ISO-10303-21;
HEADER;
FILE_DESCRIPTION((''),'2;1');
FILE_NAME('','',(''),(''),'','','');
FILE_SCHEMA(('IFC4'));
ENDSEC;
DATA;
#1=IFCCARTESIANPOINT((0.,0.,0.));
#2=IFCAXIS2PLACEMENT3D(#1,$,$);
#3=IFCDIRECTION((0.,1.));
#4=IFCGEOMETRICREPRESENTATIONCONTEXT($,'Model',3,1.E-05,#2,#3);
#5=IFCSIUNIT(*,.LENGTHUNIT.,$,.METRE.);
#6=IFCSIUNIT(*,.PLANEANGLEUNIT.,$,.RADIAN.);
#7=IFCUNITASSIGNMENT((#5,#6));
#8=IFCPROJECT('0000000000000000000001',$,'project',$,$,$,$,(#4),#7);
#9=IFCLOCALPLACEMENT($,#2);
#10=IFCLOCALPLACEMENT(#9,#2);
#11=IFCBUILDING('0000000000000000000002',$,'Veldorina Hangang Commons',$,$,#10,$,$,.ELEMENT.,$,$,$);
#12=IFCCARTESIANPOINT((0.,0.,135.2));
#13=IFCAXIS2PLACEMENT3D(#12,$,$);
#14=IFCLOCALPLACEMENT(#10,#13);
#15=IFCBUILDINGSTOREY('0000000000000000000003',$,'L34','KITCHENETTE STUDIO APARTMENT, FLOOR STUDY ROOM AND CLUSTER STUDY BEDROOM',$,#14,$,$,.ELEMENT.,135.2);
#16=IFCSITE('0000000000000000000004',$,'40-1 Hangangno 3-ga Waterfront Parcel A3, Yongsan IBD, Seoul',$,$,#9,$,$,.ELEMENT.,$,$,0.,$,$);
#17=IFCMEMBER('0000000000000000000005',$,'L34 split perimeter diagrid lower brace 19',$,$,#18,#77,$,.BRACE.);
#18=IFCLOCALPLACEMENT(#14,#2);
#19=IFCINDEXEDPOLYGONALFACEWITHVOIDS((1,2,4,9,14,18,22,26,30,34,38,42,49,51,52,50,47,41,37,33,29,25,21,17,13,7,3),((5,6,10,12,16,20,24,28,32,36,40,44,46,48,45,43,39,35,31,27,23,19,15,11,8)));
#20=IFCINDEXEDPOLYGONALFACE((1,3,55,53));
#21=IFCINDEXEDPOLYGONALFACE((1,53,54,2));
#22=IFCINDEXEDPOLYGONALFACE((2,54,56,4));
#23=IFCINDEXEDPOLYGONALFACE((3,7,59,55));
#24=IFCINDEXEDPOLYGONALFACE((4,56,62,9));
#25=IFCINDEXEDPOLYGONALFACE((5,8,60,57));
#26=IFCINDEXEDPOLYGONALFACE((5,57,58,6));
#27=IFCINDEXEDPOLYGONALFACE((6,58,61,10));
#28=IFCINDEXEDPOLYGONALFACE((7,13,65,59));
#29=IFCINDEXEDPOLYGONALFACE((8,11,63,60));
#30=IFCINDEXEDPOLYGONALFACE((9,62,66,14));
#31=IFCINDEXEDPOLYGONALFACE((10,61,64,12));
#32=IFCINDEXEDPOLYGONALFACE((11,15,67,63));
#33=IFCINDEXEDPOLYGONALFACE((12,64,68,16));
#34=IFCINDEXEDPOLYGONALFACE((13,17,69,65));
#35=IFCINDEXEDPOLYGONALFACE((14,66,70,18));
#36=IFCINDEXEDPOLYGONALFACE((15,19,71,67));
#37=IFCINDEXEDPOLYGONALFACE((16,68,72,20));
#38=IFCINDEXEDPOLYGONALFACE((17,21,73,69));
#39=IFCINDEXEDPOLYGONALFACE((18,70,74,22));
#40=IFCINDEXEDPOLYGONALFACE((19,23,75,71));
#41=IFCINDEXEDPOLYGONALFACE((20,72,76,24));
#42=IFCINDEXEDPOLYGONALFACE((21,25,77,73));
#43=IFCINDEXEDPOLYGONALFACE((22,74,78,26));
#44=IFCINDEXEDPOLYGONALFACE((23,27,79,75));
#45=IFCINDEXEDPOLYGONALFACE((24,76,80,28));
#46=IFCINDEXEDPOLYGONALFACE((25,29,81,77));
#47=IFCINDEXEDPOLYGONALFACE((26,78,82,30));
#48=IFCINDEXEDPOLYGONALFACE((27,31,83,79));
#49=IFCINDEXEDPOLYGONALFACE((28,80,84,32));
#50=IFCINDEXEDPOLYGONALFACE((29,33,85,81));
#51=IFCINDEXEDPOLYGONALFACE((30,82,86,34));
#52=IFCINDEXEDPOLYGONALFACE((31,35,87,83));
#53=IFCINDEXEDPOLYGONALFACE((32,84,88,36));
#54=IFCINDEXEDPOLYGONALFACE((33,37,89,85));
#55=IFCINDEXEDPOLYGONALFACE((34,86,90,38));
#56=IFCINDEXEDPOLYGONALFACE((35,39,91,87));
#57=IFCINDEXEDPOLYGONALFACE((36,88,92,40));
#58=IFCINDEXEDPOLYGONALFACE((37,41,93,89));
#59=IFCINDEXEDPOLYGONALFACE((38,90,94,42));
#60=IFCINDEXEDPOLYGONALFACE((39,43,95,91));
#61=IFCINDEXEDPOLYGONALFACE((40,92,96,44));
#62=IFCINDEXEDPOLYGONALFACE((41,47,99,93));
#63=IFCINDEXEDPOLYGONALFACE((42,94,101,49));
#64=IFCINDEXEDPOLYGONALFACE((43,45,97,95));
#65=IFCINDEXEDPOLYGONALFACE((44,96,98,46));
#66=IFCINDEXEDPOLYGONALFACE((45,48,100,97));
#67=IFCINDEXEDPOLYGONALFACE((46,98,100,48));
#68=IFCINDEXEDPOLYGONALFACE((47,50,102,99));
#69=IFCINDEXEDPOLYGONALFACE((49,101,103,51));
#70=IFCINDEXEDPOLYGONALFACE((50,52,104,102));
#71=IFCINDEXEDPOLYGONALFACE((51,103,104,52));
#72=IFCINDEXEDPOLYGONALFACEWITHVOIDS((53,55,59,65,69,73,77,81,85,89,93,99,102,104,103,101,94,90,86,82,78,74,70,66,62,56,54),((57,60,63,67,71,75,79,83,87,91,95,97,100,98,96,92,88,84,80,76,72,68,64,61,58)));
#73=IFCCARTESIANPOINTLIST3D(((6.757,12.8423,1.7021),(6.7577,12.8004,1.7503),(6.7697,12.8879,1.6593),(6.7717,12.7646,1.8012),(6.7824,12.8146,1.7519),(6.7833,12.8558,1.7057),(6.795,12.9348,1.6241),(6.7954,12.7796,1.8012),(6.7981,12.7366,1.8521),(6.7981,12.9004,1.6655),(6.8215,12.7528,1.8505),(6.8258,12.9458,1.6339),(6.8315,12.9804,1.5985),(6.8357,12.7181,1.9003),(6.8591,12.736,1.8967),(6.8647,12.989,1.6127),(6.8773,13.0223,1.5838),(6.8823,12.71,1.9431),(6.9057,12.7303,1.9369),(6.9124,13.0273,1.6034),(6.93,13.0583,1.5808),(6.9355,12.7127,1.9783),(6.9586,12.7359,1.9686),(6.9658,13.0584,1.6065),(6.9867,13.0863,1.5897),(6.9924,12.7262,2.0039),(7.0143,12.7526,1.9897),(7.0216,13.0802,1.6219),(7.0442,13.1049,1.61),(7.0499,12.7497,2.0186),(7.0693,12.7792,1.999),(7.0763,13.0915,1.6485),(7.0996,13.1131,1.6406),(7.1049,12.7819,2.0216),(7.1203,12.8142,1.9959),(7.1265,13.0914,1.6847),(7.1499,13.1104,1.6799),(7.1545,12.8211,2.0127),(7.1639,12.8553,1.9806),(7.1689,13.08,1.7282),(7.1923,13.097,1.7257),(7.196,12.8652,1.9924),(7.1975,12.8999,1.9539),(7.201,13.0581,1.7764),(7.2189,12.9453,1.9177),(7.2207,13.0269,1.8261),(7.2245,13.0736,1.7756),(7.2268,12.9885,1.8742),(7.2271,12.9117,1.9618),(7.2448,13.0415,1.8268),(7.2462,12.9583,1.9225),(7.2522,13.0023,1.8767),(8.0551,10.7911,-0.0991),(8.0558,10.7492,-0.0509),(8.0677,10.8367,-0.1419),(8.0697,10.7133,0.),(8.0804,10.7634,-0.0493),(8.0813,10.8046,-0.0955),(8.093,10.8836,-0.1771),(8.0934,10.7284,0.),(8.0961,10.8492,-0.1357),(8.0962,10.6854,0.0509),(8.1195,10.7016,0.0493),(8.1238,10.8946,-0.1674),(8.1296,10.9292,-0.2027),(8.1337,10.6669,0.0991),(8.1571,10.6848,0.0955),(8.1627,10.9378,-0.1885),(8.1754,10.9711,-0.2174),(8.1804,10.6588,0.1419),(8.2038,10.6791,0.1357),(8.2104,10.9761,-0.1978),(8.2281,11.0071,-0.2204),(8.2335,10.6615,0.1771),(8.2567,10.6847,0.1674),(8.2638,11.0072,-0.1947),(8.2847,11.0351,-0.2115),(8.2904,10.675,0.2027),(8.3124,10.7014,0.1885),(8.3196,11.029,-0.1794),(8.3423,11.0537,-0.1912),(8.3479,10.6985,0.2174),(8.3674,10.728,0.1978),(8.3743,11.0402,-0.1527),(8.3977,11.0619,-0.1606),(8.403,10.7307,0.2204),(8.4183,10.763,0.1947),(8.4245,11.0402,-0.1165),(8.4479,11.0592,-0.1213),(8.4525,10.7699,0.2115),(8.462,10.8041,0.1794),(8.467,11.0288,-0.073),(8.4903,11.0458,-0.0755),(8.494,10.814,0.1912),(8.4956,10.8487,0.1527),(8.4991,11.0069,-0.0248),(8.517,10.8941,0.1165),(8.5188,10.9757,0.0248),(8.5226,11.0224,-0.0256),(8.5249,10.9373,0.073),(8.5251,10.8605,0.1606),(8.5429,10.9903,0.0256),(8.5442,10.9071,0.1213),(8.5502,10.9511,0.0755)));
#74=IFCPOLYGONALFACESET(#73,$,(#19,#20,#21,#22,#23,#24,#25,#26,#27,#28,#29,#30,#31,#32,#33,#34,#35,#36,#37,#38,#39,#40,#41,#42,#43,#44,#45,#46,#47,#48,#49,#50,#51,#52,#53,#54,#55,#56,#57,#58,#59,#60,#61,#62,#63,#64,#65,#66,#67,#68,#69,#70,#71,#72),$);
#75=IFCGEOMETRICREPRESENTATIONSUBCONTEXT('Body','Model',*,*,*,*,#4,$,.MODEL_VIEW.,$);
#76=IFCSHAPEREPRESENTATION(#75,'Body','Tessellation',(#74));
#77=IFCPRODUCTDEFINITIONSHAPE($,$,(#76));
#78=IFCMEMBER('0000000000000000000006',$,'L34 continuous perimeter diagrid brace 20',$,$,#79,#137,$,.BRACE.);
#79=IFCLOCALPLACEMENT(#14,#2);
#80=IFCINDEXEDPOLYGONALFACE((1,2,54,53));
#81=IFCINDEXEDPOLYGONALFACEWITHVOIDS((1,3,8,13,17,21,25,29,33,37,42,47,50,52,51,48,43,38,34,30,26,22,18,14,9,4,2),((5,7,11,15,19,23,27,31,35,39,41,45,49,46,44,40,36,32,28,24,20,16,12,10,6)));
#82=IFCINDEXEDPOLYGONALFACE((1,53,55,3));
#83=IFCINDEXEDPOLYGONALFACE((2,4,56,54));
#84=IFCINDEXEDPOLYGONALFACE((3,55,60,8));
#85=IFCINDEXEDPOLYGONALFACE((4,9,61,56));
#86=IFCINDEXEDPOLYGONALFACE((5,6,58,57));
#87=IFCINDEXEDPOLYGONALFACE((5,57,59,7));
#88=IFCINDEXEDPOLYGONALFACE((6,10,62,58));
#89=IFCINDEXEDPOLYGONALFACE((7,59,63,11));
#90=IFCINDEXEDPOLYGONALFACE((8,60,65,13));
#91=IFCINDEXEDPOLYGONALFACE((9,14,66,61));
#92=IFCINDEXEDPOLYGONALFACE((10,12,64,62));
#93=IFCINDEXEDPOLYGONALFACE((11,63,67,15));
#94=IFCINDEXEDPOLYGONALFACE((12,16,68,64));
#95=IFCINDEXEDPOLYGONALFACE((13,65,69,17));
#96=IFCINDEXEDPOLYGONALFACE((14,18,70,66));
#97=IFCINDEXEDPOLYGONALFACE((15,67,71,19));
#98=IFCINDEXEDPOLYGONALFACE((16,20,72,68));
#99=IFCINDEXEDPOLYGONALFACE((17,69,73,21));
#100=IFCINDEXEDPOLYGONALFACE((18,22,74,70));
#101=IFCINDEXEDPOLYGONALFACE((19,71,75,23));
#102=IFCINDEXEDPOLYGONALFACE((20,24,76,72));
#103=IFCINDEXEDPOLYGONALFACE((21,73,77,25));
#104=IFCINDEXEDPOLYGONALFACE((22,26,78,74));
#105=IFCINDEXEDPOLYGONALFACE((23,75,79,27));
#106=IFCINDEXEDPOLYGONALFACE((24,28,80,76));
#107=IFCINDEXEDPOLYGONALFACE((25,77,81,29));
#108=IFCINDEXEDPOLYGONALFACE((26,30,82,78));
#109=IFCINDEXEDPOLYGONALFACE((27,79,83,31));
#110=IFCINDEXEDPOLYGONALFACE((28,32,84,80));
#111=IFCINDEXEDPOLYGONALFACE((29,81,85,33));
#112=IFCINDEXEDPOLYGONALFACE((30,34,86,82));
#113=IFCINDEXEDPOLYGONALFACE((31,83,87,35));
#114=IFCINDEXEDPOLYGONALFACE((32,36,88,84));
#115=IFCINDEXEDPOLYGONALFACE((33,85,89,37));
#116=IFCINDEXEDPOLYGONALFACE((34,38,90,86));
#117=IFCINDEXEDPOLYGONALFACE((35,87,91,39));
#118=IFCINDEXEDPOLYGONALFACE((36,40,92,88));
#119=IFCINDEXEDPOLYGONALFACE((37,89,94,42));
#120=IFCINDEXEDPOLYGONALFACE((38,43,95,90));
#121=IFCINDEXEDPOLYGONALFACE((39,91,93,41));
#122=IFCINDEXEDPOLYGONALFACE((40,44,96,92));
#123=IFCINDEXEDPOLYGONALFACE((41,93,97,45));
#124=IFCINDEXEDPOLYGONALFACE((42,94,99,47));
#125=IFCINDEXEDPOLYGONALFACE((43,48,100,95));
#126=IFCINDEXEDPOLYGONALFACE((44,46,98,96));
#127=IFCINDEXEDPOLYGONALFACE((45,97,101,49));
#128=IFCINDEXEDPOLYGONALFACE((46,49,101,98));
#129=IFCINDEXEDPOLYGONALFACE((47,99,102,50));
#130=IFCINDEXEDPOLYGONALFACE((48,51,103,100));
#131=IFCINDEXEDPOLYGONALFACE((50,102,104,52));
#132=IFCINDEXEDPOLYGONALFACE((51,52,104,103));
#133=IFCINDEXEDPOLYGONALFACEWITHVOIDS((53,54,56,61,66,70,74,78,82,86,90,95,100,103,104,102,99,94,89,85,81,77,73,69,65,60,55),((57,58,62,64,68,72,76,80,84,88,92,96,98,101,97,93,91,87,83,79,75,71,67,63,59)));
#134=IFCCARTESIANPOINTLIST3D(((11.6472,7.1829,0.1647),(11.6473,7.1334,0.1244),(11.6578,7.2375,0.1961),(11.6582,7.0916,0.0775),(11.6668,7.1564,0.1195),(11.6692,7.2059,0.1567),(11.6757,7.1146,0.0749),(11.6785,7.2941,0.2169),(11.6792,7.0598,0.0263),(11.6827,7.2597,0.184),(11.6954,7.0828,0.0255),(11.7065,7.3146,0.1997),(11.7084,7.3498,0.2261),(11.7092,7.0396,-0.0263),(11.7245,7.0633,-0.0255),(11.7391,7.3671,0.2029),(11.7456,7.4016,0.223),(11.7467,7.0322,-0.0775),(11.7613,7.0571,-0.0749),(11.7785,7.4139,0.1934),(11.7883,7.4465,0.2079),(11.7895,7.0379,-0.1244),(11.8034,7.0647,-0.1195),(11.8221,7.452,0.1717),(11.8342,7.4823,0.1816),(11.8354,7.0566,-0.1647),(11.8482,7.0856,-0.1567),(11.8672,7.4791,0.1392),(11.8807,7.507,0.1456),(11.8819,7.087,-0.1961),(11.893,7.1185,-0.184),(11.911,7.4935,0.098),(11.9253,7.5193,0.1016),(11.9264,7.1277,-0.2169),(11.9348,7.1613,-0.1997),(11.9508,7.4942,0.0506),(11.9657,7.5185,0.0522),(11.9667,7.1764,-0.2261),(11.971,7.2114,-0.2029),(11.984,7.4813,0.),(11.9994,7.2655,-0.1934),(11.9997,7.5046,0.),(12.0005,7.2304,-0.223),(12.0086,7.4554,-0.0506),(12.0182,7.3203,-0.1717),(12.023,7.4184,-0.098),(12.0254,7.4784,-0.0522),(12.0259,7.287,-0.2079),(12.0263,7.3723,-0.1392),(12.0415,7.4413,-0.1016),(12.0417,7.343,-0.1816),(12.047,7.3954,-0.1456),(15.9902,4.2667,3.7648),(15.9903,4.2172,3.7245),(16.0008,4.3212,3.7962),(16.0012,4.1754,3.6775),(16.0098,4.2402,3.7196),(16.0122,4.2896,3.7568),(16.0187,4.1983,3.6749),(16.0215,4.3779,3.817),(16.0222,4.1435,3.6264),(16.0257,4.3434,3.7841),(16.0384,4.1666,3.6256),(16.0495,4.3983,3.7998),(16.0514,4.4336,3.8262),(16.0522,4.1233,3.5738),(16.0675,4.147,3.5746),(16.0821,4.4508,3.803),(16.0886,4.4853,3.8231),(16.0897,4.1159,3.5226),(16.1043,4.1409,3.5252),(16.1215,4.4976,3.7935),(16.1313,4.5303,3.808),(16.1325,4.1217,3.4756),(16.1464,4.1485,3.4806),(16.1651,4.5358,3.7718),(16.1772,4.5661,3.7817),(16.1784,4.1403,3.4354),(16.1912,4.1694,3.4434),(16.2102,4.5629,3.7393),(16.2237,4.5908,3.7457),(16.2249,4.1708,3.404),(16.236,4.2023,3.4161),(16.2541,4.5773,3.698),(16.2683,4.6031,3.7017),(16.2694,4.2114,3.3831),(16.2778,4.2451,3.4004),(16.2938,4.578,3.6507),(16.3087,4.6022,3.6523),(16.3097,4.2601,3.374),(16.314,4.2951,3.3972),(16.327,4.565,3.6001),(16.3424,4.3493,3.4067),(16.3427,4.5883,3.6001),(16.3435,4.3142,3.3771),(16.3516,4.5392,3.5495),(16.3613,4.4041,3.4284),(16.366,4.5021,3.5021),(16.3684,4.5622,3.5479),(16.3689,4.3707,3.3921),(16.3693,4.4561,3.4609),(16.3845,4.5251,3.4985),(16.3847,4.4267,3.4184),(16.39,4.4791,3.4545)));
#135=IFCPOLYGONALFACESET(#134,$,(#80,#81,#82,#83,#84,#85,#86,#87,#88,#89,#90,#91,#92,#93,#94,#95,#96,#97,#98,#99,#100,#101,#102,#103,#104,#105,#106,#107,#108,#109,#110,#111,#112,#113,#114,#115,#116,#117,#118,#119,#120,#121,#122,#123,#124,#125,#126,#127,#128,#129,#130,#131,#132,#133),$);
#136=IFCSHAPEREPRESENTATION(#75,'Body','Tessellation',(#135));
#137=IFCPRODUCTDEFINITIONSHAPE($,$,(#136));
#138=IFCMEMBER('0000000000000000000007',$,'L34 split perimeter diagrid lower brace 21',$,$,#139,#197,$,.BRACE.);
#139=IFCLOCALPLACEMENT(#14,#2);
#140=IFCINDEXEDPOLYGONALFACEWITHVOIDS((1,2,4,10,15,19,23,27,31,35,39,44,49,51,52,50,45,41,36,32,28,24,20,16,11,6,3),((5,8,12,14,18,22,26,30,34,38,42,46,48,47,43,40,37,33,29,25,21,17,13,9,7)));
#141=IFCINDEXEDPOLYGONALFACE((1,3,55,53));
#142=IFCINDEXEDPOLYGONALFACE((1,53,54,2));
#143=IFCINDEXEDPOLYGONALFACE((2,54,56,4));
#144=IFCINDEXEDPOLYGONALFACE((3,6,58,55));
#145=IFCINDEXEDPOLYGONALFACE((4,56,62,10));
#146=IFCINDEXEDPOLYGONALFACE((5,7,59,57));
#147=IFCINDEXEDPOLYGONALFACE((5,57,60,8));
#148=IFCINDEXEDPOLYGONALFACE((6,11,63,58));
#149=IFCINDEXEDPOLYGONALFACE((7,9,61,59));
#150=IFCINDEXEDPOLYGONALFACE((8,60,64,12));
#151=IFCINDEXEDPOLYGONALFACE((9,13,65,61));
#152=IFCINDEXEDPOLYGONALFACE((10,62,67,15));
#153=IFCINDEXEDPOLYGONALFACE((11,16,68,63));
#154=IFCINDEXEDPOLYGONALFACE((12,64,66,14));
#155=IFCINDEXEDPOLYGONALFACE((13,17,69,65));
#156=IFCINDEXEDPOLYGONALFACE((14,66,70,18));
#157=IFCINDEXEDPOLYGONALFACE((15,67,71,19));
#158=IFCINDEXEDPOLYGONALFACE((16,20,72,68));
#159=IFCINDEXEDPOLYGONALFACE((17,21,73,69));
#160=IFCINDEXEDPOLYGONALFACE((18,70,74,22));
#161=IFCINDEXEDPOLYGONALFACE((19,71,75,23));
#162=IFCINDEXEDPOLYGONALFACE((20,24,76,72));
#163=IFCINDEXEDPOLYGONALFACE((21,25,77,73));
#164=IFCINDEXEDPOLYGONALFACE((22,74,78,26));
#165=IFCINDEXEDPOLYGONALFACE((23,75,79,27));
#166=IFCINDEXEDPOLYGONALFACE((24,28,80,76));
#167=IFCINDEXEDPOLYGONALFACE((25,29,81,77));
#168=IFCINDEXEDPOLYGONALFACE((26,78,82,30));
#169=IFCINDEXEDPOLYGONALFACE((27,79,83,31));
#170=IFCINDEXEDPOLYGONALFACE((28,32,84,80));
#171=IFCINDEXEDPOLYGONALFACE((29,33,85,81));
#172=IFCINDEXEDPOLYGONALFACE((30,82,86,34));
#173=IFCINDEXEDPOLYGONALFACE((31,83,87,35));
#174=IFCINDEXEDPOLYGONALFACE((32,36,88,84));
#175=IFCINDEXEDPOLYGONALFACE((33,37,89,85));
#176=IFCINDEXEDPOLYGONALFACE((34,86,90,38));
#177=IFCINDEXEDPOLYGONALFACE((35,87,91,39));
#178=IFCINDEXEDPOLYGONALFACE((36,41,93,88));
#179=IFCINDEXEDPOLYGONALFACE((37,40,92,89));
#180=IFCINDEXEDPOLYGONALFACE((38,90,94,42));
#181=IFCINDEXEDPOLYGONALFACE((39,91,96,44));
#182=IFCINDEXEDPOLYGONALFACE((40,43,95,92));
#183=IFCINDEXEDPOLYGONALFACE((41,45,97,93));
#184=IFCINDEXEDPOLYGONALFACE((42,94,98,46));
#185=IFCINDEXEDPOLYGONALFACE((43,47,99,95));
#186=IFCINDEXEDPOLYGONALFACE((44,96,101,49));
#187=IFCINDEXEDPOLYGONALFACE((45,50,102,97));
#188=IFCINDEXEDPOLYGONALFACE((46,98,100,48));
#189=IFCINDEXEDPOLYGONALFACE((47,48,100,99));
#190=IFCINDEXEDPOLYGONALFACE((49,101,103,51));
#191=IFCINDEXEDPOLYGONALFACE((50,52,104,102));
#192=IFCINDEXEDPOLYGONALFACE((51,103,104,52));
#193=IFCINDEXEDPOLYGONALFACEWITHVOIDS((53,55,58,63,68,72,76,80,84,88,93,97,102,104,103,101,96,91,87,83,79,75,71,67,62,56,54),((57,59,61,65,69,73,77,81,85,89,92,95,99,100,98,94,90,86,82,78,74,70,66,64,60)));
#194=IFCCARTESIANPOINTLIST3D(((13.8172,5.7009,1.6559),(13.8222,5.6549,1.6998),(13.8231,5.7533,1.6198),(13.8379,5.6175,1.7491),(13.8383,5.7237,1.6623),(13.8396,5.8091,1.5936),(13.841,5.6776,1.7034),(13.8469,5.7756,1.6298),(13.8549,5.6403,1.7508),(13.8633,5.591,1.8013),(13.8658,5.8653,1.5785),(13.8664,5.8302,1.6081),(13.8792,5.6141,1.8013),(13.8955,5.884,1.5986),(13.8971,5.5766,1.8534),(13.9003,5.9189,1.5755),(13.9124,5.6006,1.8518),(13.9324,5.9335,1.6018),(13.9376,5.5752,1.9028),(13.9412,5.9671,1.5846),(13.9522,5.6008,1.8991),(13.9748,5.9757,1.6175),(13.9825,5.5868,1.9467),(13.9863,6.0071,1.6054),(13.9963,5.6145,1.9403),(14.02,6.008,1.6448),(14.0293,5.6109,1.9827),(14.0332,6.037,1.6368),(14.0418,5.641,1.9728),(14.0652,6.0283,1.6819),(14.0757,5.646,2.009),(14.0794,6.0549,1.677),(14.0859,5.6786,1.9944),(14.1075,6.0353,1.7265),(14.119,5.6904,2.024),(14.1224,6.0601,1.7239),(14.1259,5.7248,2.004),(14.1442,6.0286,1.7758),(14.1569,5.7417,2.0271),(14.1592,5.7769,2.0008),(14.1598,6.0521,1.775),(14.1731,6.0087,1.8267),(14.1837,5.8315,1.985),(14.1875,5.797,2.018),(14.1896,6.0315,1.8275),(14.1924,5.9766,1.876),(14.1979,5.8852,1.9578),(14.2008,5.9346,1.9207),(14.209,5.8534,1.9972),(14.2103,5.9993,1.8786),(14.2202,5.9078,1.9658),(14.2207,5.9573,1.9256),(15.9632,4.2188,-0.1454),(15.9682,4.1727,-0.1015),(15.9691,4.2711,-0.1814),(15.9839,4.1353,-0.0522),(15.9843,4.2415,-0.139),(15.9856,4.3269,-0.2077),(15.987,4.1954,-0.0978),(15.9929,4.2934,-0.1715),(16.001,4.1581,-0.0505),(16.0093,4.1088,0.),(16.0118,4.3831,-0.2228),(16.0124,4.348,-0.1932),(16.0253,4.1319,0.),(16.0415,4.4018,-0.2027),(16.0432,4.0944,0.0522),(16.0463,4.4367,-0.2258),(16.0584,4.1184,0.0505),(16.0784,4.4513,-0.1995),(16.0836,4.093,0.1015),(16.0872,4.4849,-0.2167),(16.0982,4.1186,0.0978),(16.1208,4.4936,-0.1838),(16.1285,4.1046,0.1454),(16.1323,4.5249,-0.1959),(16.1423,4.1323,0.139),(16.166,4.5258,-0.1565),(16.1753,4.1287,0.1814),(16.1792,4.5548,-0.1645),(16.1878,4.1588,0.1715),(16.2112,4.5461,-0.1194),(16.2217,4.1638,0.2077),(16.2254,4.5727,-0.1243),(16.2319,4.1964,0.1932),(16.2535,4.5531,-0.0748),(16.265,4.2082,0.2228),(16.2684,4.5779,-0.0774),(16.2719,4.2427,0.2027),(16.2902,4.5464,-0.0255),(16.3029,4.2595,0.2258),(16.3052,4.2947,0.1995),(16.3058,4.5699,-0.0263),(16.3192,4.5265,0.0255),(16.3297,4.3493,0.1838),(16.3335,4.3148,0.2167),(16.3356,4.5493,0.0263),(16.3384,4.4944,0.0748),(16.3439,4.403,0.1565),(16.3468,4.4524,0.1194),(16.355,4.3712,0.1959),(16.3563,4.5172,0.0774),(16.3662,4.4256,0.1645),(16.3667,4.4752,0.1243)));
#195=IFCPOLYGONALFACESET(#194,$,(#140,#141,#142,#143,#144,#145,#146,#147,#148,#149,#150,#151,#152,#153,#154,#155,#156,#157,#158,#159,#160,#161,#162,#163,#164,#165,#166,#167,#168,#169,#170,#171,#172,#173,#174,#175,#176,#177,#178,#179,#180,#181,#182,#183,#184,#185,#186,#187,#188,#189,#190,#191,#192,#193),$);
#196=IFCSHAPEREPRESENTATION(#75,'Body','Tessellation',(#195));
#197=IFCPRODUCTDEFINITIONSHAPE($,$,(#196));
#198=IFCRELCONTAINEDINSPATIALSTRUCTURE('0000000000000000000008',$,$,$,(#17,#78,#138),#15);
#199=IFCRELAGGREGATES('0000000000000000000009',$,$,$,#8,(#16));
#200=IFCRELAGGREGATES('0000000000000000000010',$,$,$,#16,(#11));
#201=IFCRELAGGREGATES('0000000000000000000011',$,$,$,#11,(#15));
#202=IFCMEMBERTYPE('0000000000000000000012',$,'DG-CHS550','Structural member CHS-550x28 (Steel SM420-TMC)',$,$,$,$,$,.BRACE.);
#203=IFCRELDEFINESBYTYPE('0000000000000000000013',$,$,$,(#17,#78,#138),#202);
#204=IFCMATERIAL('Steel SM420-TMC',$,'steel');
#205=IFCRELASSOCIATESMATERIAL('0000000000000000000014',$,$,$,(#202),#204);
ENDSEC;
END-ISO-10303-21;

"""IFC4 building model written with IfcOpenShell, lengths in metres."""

from ifc_helpers import new_model, si_unit, direction, frame, origin, origin_2d, place, context, subcontext, project, spatial, hollow_circle, extrude, material, material_profile, profile_set, type_object, element, save


model = new_model("IFC4")

# Units and contexts
model_context = context("Model", 3, precision=1e-05, world=origin(), true_north=direction((0.0, 1.0)))
body_context = subcontext(model_context, "Body", "Model", "MODEL_VIEW")
ifc_project = project(units=[si_unit("LENGTHUNIT", "METRE"), si_unit("PLANEANGLEUNIT", "RADIAN")], contexts=[model_context])

# Site, building, storey
site_placement = place(None, origin())
site = spatial("IfcSite", under=ifc_project, at=site_placement, Name="40-1 Hangangno 3-ga Waterfront Parcel A3, Yongsan IBD, Seoul", CompositionType="ELEMENT", RefElevation=0.0)
building_placement = place(site_placement, origin())
building = spatial("IfcBuilding", under=site, at=building_placement, Name="Veldorina Hangang Commons", CompositionType="ELEMENT")
storey_placement = place(building_placement, frame((0.0, 0.0, 135.2)))
storey = spatial("IfcBuildingStorey", under=building, at=storey_placement, Name="L34", Description="KITCHENETTE STUDIO APARTMENT, FLOOR STUDY ROOM AND CLUSTER STUDY BEDROOM", CompositionType="ELEMENT", Elevation=135.2)

# Shared definitions
ifc_material_1 = material(Name="Steel SM420-TMC", Category="steel")

# Members
ifc_material_profile_1 = material_profile(ifc_material_1, hollow_circle(Radius=0.2749, WallThickness=0.0281, at=origin_2d()), Name="CHS-550x28")
ifc_profile_set_1 = profile_set([ifc_material_profile_1], Name="Steel SM420-TMC")
member_type = type_object("IfcMemberType", Name="DG-CHS550", Description="Structural member CHS-550x28 (Steel SM420-TMC)", PredefinedType="BRACE", material=ifc_profile_set_1)
member_1_placement = place(storey_placement, frame((8.302, 10.8604, 0.0), z_axis=(-0.429435, 0.678599, 0.595894), x_axis=(-0.845013, -0.534746, 0.0)))
element("IfcMember", 1, at=member_1_placement, inside=storey, type_object=member_type, Name="L34 split perimeter diagrid lower brace 19", PredefinedType="BRACE", context=body_context, shape_type="SweptSolid", body=[
    extrude(hollow_circle(Radius=0.2749, WallThickness=0.0281, at=origin_2d()), origin(), (0.0, 0.0, 1.0), 3.0227),
])
member_2_placement = place(storey_placement, frame((11.8464, 7.2764, 0.0), z_axis=(0.683901, -0.459227, 0.566912), x_axis=(0.557465, 0.8302, 0.0)))
element("IfcMember", 2, at=member_2_placement, inside=storey, type_object=member_type, Name="L34 continuous perimeter diagrid brace 20", PredefinedType="BRACE", context=body_context, shape_type="SweptSolid", body=[
    extrude(hollow_circle(Radius=0.2749, WallThickness=0.0281, at=origin_2d()), origin(), (0.0, 0.0, 1.0), 6.3503),
])
member_3_placement = place(storey_placement, frame((16.1655, 4.335, 0.0), z_axis=(-0.677044, 0.467615, 0.568285), x_axis=(-0.568299, -0.822822, 0.0)))
element("IfcMember", 3, at=member_3_placement, inside=storey, type_object=member_type, Name="L34 split perimeter diagrid lower brace 21", PredefinedType="BRACE", context=body_context, shape_type="SweptSolid", body=[
    extrude(hollow_circle(Radius=0.2749, WallThickness=0.0281, at=origin_2d()), origin(), (0.0, 0.0, 1.0), 3.1697),
])

save(model, "model.ifc")
